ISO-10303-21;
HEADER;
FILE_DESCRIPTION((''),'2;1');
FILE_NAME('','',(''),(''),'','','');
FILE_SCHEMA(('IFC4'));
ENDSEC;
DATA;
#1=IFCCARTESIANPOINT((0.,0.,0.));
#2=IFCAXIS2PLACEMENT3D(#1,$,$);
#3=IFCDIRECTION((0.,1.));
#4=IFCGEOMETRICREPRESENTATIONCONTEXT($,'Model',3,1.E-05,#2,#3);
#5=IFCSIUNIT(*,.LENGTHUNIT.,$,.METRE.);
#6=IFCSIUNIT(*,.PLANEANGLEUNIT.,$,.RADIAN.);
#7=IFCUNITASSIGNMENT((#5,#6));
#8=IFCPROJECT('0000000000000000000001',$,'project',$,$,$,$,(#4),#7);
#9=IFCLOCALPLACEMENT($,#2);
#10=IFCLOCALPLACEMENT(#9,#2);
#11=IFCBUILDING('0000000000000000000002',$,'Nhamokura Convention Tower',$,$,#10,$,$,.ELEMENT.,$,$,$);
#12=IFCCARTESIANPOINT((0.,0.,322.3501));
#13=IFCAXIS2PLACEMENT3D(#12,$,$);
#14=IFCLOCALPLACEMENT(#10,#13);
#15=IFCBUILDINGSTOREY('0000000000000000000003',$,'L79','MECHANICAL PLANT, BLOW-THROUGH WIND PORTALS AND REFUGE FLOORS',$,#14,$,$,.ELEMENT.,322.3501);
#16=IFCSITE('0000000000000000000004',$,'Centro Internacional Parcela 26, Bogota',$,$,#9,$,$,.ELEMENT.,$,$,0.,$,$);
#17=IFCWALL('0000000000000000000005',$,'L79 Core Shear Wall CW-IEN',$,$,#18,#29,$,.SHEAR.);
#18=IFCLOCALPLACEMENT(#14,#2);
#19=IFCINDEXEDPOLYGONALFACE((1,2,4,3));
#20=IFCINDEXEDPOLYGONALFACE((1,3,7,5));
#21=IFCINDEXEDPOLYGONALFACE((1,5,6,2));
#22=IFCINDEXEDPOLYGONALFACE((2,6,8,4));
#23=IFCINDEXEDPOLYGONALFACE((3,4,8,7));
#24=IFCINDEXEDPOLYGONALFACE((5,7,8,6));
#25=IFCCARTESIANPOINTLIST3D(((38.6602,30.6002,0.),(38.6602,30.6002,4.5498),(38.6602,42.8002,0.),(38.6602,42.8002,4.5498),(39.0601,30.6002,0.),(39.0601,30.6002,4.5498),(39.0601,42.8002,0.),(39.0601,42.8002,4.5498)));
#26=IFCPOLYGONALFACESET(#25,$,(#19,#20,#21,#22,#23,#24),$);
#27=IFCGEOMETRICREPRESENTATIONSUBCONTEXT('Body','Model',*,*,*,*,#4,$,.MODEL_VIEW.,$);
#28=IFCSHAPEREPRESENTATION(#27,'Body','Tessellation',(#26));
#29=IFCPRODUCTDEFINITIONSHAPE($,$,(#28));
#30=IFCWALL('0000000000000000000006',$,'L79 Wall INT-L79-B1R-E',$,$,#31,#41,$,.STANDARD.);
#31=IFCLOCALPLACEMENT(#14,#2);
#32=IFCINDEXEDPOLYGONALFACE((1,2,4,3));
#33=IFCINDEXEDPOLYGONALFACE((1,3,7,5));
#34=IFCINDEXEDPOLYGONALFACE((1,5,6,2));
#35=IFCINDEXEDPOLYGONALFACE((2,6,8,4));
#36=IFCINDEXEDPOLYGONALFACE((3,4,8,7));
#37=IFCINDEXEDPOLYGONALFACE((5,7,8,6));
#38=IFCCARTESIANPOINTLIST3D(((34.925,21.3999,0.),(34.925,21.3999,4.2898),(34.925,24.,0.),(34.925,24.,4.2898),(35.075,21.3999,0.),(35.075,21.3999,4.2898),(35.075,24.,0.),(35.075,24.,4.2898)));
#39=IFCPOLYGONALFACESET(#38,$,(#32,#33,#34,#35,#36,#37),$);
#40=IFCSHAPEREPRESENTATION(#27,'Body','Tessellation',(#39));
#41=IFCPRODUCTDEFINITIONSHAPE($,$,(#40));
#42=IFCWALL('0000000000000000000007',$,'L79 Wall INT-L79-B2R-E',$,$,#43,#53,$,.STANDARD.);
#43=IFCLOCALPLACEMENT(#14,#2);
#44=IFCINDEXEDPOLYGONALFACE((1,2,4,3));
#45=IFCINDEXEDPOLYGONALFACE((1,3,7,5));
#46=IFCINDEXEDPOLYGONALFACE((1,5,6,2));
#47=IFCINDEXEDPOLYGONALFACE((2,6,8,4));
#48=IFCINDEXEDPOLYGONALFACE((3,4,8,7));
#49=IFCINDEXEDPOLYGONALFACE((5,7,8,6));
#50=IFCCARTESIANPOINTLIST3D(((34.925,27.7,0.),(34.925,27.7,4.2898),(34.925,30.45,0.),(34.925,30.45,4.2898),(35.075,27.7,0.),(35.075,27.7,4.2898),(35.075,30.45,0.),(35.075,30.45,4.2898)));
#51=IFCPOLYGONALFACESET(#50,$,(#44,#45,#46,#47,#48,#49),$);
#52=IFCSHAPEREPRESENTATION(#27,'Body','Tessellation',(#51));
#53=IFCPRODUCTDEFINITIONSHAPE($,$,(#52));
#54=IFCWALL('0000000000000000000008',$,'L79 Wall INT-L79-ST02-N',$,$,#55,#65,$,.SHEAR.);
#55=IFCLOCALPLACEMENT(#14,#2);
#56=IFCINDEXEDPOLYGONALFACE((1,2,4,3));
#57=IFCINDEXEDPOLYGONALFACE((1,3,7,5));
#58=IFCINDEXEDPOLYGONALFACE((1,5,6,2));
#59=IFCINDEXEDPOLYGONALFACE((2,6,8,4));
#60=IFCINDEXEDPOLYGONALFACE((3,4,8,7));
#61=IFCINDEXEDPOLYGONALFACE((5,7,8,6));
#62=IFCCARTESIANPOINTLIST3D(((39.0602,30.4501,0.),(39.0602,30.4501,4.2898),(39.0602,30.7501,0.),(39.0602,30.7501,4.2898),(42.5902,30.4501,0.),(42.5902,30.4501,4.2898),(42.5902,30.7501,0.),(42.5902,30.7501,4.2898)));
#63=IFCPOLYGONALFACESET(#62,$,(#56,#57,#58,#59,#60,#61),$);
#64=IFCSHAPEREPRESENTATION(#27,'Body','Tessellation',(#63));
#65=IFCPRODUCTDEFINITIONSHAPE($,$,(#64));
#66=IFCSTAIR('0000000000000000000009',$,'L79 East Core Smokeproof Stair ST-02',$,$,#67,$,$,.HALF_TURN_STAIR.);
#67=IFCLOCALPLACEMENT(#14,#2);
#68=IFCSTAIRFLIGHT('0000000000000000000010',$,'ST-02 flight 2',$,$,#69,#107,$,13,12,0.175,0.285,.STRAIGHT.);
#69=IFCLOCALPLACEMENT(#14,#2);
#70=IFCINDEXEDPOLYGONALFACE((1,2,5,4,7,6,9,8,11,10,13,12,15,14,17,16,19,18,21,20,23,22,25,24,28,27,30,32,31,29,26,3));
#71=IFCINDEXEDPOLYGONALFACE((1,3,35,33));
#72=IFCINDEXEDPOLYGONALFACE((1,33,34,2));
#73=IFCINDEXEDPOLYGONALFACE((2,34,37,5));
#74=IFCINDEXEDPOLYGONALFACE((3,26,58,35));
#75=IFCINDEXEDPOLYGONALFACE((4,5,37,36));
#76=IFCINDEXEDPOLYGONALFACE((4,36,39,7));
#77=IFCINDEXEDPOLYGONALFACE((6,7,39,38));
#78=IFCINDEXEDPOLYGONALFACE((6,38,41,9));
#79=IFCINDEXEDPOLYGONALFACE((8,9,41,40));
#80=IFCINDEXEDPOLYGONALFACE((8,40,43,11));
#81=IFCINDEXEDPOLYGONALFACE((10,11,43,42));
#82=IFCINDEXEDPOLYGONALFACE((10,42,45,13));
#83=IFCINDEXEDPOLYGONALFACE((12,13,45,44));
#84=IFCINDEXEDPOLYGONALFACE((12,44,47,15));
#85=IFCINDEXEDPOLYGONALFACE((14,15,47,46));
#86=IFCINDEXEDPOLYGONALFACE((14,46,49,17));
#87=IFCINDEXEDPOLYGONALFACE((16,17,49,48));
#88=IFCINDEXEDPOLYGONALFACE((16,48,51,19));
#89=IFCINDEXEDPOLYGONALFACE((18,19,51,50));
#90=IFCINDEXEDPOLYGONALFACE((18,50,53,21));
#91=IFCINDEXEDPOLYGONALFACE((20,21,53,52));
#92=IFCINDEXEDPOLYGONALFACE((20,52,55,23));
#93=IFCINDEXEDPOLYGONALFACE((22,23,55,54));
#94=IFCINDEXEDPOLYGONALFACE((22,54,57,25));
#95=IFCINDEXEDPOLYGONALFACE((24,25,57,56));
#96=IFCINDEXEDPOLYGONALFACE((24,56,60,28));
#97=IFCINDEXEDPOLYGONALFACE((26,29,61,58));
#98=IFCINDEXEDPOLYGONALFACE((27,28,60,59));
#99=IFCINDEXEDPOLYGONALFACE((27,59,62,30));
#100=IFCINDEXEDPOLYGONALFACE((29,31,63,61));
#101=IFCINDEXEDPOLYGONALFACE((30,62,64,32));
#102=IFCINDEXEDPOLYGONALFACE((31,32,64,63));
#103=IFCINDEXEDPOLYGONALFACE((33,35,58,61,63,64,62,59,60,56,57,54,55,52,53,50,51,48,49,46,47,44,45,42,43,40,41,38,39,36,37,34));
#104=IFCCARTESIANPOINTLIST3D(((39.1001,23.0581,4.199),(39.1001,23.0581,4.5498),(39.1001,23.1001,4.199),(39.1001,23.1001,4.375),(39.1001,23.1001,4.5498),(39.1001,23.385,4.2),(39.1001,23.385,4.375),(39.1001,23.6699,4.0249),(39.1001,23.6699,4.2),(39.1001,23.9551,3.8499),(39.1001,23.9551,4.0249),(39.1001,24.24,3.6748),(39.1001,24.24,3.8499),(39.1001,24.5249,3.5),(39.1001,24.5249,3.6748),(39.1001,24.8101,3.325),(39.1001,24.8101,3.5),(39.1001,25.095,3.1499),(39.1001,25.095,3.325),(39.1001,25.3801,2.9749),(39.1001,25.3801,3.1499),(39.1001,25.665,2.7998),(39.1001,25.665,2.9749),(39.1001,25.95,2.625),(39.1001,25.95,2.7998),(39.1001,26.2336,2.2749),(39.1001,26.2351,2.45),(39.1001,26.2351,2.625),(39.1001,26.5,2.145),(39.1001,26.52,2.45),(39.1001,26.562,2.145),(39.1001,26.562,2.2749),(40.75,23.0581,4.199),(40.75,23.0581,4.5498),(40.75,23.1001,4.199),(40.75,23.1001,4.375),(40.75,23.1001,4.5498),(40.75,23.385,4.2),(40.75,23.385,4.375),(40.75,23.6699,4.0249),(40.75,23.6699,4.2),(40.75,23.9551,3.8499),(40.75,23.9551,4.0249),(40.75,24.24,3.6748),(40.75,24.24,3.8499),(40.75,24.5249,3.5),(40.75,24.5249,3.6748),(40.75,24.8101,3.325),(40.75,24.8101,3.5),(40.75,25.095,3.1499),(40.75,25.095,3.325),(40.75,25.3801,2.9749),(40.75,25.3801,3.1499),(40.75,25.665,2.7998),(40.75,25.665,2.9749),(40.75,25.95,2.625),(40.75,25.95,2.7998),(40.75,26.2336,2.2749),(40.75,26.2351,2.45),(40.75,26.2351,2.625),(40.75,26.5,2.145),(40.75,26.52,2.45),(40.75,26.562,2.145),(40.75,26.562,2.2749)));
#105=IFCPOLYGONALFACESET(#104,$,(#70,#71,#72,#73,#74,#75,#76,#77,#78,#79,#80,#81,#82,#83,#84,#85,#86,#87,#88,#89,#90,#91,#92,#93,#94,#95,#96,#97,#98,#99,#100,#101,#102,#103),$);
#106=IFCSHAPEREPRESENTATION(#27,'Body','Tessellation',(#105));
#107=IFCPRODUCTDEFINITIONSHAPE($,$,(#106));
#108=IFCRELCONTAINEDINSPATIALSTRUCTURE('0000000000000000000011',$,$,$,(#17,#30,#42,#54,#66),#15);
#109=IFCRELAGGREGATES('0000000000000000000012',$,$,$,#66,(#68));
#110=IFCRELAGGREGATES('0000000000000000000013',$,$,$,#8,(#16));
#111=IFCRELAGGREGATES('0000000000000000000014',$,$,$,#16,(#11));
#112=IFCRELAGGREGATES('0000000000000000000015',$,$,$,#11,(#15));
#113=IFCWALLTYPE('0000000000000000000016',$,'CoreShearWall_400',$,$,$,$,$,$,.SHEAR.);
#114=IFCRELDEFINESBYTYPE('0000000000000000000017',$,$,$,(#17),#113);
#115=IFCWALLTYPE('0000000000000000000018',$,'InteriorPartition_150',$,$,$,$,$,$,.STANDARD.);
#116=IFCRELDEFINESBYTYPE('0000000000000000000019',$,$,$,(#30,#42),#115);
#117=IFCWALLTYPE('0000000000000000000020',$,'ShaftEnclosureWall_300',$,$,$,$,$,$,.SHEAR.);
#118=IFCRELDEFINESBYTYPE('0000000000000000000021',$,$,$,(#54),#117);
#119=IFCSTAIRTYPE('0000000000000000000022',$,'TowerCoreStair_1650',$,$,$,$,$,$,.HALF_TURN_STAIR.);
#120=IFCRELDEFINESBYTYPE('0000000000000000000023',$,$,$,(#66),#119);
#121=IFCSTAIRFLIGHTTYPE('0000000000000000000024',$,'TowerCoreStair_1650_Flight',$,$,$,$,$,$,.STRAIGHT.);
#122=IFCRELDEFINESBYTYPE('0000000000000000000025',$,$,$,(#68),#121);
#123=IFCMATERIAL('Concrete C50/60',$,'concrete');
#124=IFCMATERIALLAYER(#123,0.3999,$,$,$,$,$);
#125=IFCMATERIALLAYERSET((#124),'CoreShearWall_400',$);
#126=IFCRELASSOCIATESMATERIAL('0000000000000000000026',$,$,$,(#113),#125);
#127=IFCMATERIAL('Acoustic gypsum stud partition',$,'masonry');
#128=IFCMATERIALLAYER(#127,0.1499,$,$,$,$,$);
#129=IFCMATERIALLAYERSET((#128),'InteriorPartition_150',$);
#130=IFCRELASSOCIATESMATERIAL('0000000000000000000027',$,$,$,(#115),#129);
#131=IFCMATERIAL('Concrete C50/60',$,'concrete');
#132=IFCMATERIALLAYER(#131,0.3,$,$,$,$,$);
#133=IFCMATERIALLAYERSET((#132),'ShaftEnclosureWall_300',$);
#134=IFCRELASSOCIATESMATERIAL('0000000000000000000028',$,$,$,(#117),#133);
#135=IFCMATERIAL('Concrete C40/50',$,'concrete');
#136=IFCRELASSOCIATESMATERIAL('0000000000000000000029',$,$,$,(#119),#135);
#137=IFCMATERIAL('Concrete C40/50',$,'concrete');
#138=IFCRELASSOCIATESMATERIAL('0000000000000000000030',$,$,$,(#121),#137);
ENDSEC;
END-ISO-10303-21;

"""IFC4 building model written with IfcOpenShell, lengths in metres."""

from ifc_helpers import new_model, si_unit, direction, frame, frame_2d, origin, place, context, subcontext, project, spatial, polyline, rectangle, outline, extrude, material, layer, layer_set, type_object, element, aggregate, save


model = new_model("IFC4")

# Units and contexts
model_context = context("Model", 3, precision=1e-05, world=origin(), true_north=direction((0.0, 1.0)))
body_context = subcontext(model_context, "Body", "Model", "MODEL_VIEW")
ifc_project = project(units=[si_unit("LENGTHUNIT", "METRE"), si_unit("PLANEANGLEUNIT", "RADIAN")], contexts=[model_context])

# Site, building, storey
site_placement = place(None, origin())
site = spatial("IfcSite", under=ifc_project, at=site_placement, Name="Centro Internacional Parcela 26, Bogota", CompositionType="ELEMENT", RefElevation=0.0)
building_placement = place(site_placement, origin())
building = spatial("IfcBuilding", under=site, at=building_placement, Name="Nhamokura Convention Tower", CompositionType="ELEMENT")
storey_placement = place(building_placement, frame((0.0, 0.0, 322.3501)))
storey = spatial("IfcBuildingStorey", under=building, at=storey_placement, Name="L79", Description="MECHANICAL PLANT, BLOW-THROUGH WIND PORTALS AND REFUGE FLOORS", CompositionType="ELEMENT", Elevation=322.3501)

# Wall
ifc_material_1 = material(Name="Concrete C50/60", Category="concrete")
ifc_layer_1 = layer(ifc_material_1, 0.3999)
ifc_layer_set_1 = layer_set([ifc_layer_1], Name="CoreShearWall_400")
wall_type_1 = type_object("IfcWallType", Name="CoreShearWall_400", PredefinedType="SHEAR", material=ifc_layer_set_1)
wall_1_placement = place(storey_placement, frame((38.8601, 30.6001, 0.0), z_axis=(0.0, 0.0, 1.0), x_axis=(0.0, 1.0, 0.0)))
element("IfcWall", 1, at=wall_1_placement, inside=storey, type_object=wall_type_1, Name="L79 Core Shear Wall CW-IEN", PredefinedType="SHEAR", context=body_context, shape_type="SweptSolid", body=[
    extrude(rectangle(XDim=12.2, YDim=0.3999, at=frame_2d((6.1001, 0.0))), origin(), (0.0, 0.0, 1.0), 4.5498),
])

# Walls
ifc_material_2 = material(Name="Acoustic gypsum stud partition", Category="masonry")
ifc_layer_2 = layer(ifc_material_2, 0.1499)
ifc_layer_set_2 = layer_set([ifc_layer_2], Name="InteriorPartition_150")
wall_type_2 = type_object("IfcWallType", Name="InteriorPartition_150", PredefinedType="STANDARD", material=ifc_layer_set_2)
wall_2_placement = place(storey_placement, frame((35.0, 21.3999, 0.0), z_axis=(0.0, 0.0, 1.0), x_axis=(0.0, 1.0, 0.0)))
element("IfcWall", 2, at=wall_2_placement, inside=storey, type_object=wall_type_2, Name="L79 Wall INT-L79-B1R-E", PredefinedType="STANDARD", context=body_context, shape_type="SweptSolid", body=[
    extrude(rectangle(XDim=2.6001, YDim=0.1499, at=frame_2d((1.3, 0.0))), origin(), (0.0, 0.0, 1.0), 4.2898),
])
wall_3_placement = place(storey_placement, frame((35.0, 27.7, 0.0), z_axis=(0.0, 0.0, 1.0), x_axis=(0.0, 1.0, 0.0)))
element("IfcWall", 3, at=wall_3_placement, inside=storey, type_object=wall_type_2, Name="L79 Wall INT-L79-B2R-E", PredefinedType="STANDARD", context=body_context, shape_type="SweptSolid", body=[
    extrude(rectangle(XDim=2.75, YDim=0.1499, at=frame_2d((1.375, 0.0))), origin(), (0.0, 0.0, 1.0), 4.2898),
])
ifc_material_3 = material(Name="Concrete C50/60", Category="concrete")
ifc_layer_3 = layer(ifc_material_3, 0.3)
ifc_layer_set_3 = layer_set([ifc_layer_3], Name="ShaftEnclosureWall_300")
wall_type_3 = type_object("IfcWallType", Name="ShaftEnclosureWall_300", PredefinedType="SHEAR", material=ifc_layer_set_3)
wall_4_placement = place(storey_placement, frame((39.0601, 30.6001, 0.0), z_axis=(0.0, 0.0, 1.0), x_axis=(1.0, 0.0, 0.0)))
element("IfcWall", 4, at=wall_4_placement, inside=storey, type_object=wall_type_3, Name="L79 Wall INT-L79-ST02-N", PredefinedType="SHEAR", context=body_context, shape_type="SweptSolid", body=[
    extrude(rectangle(XDim=3.53, YDim=0.3, at=frame_2d((1.7651, 0.0))), origin(), (0.0, 0.0, 1.0), 4.2898),
])

# Stair, stair flight
ifc_material_4 = material(Name="Concrete C40/50", Category="concrete")
stair_type = type_object("IfcStairType", Name="TowerCoreStair_1650", PredefinedType="HALF_TURN_STAIR", material=ifc_material_4)
stair_placement = place(storey_placement, origin())
stair = element("IfcStair", 5, at=stair_placement, inside=storey, type_object=stair_type, Name="L79 East Core Smokeproof Stair ST-02", PredefinedType="HALF_TURN_STAIR")
ifc_material_5 = material(Name="Concrete C40/50", Category="concrete")
stair_flight_type = type_object("IfcStairFlightType", Name="TowerCoreStair_1650_Flight", PredefinedType="STRAIGHT", material=ifc_material_5)
stair_flight_placement = place(storey_placement, frame((39.925, 26.52, 2.2749), z_axis=(0.0, 0.0, 1.0), x_axis=(0.0, -1.0, 0.0)))
stair_flight = element("IfcStairFlight", 6, at=stair_flight_placement, type_object=stair_flight_type, Name="ST-02 flight 2", NumberOfRisers=13, NumberOfTreads=12, PredefinedType="STRAIGHT", RiserHeight=0.175, TreadLength=0.285, context=body_context, shape_type="SweptSolid", body=[
    extrude(outline(polyline([(-0.042, 0.0), (0.0, 0.175), (0.2849, 0.175), (0.2849, 0.3501), (0.5701, 0.3501), (0.5701, 0.5249), (0.855, 0.5249), (0.855, 0.7), (1.1399, 0.7), (1.1399, 0.875), (1.425, 0.875), (1.425, 1.05), (1.71, 1.05), (1.71, 1.2251), (1.9951, 1.2251), (1.9951, 1.3999), (2.28, 1.3999), (2.28, 1.575), (2.5649, 1.575), (2.5649, 1.75), (2.8501, 1.75), (2.8501, 1.925), (3.135, 1.925), (3.135, 2.1001), (3.4199, 2.1001), (3.4199, 2.2749), (3.4619, 2.2749), (3.4619, 1.9241), (3.4199, 1.9241), (0.2864, 0.0), (0.02, -0.1299), (-0.042, -0.1299), (-0.042, 0.0)])), frame((0.0, 0.825, 0.0), z_axis=(0.0, -1.0, 0.0), x_axis=(1.0, 0.0, 0.0)), (0.0, 0.0, 1.0), 1.6499),
])
aggregate(stair, [stair_flight])

save(model, "model.ifc")
